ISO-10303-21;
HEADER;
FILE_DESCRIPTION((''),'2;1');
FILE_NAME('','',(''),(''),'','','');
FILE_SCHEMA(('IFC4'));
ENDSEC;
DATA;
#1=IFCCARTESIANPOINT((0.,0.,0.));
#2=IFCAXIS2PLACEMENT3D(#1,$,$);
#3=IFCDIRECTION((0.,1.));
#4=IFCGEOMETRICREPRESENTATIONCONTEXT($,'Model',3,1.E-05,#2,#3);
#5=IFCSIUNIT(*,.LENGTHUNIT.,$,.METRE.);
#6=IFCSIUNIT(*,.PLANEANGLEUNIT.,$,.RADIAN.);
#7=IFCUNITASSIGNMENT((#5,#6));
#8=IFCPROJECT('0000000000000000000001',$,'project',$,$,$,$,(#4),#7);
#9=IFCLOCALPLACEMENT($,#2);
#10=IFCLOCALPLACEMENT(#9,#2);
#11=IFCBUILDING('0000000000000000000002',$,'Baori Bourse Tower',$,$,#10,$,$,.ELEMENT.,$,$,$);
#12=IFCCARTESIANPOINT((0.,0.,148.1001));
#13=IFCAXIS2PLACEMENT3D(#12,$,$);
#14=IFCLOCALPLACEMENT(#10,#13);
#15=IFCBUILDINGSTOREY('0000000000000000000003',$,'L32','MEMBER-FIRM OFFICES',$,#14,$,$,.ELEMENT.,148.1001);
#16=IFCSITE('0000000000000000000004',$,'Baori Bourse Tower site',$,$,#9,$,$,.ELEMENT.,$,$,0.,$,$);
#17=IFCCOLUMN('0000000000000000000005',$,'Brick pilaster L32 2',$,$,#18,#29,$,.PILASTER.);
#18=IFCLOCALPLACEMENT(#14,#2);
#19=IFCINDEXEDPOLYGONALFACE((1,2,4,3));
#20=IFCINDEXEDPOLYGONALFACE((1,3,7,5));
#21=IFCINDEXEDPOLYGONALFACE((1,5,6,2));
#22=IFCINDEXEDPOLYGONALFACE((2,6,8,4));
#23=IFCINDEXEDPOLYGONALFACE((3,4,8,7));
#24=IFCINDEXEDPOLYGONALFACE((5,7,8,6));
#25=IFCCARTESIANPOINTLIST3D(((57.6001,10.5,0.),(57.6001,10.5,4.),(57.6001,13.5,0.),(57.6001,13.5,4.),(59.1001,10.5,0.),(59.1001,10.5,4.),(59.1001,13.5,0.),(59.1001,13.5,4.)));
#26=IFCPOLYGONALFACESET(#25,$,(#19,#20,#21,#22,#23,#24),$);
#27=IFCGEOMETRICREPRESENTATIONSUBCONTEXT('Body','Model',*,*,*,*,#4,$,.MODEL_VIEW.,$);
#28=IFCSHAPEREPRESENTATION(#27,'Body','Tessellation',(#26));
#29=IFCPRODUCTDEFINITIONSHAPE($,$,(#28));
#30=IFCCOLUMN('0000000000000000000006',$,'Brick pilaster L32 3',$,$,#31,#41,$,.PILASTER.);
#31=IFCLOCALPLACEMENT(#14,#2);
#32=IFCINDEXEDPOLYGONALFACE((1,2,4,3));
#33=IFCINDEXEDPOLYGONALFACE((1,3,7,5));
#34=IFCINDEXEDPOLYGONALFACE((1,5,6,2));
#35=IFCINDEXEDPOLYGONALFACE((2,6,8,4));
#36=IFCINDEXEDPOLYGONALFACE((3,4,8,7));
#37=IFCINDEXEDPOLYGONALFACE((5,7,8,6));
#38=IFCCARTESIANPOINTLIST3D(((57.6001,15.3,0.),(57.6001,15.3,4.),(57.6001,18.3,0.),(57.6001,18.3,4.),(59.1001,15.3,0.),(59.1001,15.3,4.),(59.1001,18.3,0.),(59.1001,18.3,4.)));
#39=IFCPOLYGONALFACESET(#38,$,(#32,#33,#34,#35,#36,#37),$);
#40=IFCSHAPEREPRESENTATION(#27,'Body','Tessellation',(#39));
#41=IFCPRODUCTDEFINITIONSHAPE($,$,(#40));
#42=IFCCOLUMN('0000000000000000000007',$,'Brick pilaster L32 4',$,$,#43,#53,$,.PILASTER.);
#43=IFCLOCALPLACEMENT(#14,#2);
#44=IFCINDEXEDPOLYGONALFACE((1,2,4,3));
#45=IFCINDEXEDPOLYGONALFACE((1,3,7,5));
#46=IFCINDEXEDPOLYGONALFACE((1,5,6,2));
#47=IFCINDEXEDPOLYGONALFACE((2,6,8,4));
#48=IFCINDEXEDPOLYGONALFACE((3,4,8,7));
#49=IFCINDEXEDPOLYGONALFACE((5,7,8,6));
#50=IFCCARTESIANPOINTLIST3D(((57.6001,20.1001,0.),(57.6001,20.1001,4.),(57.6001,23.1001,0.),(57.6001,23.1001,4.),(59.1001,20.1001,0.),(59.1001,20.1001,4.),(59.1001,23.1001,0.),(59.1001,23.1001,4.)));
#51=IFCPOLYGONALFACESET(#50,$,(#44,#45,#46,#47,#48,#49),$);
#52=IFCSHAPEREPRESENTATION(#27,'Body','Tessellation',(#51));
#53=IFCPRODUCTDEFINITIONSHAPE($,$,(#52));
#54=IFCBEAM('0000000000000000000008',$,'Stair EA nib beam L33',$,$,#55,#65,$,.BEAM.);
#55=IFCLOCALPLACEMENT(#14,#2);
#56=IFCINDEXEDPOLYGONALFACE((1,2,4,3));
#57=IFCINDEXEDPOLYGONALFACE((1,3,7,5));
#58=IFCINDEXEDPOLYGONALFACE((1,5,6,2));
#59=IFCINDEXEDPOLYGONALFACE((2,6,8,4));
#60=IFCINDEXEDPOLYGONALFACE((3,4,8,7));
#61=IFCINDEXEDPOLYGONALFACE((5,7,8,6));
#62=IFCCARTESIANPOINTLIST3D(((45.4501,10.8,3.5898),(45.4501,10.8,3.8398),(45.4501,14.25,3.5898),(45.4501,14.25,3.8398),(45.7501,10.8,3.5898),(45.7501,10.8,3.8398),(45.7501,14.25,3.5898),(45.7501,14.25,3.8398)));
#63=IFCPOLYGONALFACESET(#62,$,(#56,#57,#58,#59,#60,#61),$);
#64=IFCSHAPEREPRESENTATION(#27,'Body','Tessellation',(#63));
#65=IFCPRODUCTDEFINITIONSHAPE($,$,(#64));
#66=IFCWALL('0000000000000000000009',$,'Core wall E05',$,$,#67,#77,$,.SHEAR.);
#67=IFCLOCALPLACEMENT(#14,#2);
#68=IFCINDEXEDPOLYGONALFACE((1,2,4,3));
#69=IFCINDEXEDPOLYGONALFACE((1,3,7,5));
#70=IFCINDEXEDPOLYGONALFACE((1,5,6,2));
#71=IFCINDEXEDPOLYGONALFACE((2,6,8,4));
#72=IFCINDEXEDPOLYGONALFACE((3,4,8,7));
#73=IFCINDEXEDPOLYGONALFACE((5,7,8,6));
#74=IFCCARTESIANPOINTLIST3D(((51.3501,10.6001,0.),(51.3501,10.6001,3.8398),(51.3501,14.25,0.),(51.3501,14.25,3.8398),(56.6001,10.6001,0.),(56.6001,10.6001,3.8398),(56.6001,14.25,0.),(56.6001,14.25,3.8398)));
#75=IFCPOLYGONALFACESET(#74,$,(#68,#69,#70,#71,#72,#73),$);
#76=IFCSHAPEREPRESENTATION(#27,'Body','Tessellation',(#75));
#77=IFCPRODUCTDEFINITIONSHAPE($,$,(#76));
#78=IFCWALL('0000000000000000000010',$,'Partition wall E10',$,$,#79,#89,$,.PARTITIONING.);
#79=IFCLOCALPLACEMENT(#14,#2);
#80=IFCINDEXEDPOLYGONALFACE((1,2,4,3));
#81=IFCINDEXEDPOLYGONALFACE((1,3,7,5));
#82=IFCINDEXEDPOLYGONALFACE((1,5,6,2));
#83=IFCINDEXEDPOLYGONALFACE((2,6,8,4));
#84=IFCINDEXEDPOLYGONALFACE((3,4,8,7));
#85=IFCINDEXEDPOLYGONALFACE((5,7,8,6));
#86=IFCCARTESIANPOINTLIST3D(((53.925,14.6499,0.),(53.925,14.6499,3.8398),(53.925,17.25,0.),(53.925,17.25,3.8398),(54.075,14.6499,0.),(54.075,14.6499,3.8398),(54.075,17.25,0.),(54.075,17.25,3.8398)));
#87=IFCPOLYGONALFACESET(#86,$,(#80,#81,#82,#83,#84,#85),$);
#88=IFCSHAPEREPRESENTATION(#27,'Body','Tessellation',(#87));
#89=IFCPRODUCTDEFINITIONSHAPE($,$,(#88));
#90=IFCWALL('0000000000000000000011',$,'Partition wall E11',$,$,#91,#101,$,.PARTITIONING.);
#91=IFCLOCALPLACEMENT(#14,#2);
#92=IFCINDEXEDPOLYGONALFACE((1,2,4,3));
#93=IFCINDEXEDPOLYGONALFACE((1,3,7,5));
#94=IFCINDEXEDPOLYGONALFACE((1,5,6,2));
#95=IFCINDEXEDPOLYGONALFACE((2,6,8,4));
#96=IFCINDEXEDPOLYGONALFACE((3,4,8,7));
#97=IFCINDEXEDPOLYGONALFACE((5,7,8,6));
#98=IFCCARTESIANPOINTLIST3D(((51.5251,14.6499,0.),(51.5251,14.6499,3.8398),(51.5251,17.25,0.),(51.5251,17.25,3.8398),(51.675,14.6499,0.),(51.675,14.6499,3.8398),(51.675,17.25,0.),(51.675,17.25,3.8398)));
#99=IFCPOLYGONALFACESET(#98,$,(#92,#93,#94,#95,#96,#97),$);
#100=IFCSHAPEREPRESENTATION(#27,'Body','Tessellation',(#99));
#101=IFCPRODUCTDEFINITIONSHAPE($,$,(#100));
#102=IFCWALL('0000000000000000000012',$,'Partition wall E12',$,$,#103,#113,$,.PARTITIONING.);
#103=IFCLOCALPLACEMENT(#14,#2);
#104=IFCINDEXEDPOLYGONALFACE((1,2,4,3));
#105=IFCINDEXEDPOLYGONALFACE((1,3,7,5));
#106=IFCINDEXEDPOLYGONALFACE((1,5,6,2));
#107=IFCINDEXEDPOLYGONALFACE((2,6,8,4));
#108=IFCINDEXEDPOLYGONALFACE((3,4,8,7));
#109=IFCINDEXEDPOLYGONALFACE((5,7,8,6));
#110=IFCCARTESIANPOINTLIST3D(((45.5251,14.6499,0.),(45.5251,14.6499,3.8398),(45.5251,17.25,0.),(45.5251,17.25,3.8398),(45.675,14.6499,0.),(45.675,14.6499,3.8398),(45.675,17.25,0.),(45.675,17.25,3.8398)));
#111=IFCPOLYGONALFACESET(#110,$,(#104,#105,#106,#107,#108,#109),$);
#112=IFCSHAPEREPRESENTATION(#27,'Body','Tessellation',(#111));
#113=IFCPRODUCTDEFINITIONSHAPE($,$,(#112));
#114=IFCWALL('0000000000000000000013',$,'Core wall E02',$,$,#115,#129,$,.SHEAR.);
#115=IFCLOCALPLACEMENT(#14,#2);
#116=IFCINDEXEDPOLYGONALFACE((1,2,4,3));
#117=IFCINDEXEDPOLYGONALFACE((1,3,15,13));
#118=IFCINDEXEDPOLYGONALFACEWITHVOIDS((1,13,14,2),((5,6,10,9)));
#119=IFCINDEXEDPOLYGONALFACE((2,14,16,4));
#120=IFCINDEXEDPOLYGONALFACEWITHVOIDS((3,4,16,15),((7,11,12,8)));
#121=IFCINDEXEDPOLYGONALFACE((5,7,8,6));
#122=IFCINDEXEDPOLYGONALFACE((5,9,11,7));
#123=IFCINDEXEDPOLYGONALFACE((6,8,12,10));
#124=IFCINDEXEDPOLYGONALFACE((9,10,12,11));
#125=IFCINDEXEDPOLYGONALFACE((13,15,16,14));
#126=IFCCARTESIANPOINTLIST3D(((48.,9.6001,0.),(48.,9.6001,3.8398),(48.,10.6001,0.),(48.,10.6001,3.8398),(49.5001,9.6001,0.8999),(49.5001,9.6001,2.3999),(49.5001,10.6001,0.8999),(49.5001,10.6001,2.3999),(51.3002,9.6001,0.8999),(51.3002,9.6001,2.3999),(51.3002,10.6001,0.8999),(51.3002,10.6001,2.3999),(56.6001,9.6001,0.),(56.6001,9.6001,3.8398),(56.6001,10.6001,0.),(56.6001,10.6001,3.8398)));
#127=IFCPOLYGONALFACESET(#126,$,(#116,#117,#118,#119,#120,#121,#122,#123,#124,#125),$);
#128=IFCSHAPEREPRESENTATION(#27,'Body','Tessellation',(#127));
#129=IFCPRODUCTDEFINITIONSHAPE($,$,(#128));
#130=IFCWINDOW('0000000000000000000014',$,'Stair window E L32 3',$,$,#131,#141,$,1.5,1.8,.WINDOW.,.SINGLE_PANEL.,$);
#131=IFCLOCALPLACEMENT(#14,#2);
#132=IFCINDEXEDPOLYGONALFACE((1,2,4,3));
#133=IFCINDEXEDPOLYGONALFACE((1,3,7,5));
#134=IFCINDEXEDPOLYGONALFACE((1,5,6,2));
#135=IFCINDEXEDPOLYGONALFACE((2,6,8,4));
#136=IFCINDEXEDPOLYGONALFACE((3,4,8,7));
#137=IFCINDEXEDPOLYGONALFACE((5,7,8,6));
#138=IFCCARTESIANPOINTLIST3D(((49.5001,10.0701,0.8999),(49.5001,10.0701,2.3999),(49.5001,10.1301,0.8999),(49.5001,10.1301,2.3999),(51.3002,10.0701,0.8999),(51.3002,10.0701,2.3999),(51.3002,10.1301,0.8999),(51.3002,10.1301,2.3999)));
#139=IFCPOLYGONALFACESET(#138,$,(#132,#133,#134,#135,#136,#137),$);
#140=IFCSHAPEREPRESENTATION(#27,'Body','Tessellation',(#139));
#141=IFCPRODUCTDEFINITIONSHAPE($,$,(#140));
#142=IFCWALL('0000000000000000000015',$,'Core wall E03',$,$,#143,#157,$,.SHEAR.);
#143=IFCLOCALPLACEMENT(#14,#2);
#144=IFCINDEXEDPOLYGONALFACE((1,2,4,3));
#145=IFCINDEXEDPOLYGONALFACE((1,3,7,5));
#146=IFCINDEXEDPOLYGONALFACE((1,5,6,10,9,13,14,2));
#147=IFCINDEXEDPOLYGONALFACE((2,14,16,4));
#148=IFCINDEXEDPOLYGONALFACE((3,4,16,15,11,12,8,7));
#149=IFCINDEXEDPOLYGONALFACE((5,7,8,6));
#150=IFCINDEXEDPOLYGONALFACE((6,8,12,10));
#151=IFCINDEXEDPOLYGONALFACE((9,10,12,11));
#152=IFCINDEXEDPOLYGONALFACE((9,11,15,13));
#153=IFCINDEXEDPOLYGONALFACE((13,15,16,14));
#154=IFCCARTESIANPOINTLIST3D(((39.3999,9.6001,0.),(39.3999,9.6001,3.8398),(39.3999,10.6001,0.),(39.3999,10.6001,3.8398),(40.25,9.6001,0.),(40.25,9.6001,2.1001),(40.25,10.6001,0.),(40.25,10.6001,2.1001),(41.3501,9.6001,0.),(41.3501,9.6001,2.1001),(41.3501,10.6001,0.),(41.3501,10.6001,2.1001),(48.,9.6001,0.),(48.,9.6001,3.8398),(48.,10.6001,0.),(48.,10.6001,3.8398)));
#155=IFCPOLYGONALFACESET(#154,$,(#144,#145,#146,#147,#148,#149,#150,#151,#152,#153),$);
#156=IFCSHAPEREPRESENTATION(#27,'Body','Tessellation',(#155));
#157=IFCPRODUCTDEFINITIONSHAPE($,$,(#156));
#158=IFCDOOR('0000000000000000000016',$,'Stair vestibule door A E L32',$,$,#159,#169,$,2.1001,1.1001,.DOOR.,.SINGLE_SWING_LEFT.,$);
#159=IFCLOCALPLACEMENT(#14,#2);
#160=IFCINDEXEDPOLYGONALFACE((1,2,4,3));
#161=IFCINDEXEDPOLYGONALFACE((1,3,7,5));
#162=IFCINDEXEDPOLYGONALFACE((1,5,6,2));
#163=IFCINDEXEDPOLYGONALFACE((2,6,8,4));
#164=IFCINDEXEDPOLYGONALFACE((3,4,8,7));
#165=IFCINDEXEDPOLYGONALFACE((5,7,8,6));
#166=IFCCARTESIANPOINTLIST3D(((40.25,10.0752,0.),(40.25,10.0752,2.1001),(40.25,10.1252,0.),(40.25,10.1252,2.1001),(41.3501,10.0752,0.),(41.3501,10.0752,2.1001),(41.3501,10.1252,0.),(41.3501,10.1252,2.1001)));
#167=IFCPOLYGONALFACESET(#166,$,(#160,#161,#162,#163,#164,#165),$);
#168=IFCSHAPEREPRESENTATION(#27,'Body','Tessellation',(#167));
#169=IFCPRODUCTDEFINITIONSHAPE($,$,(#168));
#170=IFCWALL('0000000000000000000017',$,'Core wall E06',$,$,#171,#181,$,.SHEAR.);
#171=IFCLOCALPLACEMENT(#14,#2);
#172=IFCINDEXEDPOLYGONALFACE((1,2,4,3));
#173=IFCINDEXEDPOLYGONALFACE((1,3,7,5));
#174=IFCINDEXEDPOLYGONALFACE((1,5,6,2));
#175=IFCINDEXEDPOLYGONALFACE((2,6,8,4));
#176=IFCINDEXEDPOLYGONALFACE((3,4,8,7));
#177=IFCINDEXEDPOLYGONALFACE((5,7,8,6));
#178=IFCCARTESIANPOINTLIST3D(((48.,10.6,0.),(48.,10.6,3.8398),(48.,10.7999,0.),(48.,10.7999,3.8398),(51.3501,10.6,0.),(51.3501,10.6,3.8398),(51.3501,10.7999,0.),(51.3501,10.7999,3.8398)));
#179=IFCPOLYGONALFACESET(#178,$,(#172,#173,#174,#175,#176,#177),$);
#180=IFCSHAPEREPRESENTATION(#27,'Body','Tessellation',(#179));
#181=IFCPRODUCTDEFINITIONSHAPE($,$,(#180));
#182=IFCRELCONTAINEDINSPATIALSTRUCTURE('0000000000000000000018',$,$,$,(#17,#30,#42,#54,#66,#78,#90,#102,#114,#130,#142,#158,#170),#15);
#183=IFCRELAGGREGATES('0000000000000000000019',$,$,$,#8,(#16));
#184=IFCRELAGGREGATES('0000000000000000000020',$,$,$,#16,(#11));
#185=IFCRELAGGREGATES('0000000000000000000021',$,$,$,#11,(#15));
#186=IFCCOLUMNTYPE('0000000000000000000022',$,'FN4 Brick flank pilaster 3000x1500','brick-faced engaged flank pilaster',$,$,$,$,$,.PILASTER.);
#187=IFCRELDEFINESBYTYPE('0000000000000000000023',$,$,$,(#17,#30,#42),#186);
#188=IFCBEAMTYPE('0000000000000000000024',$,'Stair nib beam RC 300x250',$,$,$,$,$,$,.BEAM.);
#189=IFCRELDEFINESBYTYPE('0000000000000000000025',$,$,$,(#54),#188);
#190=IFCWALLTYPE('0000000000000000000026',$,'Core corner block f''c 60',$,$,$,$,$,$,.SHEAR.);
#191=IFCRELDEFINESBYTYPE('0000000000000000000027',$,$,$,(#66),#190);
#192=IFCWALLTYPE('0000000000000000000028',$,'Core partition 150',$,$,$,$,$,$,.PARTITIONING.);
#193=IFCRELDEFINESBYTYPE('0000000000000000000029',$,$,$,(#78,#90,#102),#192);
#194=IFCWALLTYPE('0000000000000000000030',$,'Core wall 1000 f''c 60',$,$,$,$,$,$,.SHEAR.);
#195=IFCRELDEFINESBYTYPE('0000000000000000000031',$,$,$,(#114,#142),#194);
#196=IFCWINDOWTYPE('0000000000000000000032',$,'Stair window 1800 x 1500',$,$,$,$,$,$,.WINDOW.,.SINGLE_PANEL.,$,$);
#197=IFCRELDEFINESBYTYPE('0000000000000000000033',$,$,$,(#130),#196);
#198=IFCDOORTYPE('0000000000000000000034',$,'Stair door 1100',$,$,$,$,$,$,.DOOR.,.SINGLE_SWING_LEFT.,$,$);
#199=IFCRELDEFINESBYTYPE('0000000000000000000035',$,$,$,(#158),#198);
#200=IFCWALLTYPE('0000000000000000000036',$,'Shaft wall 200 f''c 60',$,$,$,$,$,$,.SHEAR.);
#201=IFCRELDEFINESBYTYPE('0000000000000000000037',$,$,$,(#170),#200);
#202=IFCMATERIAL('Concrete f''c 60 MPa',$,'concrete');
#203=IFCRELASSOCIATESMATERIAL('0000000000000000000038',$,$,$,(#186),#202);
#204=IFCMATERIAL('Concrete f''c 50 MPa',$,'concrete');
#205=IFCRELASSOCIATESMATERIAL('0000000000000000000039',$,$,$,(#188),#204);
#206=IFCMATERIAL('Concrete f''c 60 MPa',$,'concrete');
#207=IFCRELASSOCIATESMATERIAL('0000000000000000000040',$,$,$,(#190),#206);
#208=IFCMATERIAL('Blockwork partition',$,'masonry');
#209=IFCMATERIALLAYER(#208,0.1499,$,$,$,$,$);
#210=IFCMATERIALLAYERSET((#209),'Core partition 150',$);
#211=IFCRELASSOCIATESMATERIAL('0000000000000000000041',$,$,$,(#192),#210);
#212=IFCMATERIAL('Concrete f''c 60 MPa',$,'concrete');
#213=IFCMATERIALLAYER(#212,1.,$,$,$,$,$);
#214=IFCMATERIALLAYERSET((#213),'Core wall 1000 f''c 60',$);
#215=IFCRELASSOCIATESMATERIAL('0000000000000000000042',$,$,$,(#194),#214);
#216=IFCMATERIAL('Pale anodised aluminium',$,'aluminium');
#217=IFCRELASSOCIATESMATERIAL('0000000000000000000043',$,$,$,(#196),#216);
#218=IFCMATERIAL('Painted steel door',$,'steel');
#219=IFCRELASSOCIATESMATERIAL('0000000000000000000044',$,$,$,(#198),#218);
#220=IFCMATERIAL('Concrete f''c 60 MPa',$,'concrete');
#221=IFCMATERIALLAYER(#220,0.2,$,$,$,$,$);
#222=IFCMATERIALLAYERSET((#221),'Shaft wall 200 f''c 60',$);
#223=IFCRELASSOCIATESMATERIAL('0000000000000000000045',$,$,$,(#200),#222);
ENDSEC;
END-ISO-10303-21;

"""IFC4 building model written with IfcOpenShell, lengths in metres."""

from ifc_helpers import new_model, si_unit, direction, frame, frame_2d, origin, origin_2d, place, context, subcontext, project, spatial, rectangle, extrude, material, layer, layer_set, material_profile, profile_set, type_object, element, fill, save


model = new_model("IFC4")

# Units and contexts
model_context = context("Model", 3, precision=1e-05, world=origin(), true_north=direction((0.0, 1.0)))
body_context = subcontext(model_context, "Body", "Model", "MODEL_VIEW")
ifc_project = project(units=[si_unit("LENGTHUNIT", "METRE"), si_unit("PLANEANGLEUNIT", "RADIAN")], contexts=[model_context])

# Site, building, storey
site_placement = place(None, origin())
site = spatial("IfcSite", under=ifc_project, at=site_placement, Name="Baori Bourse Tower site", CompositionType="ELEMENT", RefElevation=0.0)
building_placement = place(site_placement, origin())
building = spatial("IfcBuilding", under=site, at=building_placement, Name="Baori Bourse Tower", CompositionType="ELEMENT")
storey_placement = place(building_placement, frame((0.0, 0.0, 148.1001)))
storey = spatial("IfcBuildingStorey", under=building, at=storey_placement, Name="L32", Description="MEMBER-FIRM OFFICES", CompositionType="ELEMENT", Elevation=148.1001)

# Columns
ifc_material_1 = material(Name="Concrete f'c 60 MPa", Category="concrete")
ifc_material_profile_1 = material_profile(ifc_material_1, rectangle(XDim=3.0, YDim=1.5, at=origin_2d()), Name="RC 3000x1500")
ifc_profile_set_1 = profile_set([ifc_material_profile_1], Name="Concrete f'c 60 MPa")
column_type = type_object("IfcColumnType", Name="FN4 Brick flank pilaster 3000x1500", Description="brick-faced engaged flank pilaster", PredefinedType="PILASTER", material=ifc_profile_set_1)
for number, where, z_axis, x_axis, name in (
    (1, (58.3501, 12.0, 0.0), (0.0, 0.0, 1.0), (0.0, 1.0, 0.0), "Brick pilaster L32 2"),
    (2, (58.3501, 16.8, 0.0), (0.0, 0.0, 1.0), (0.0, 1.0, 0.0), "Brick pilaster L32 3"),
    (3, (58.3501, 21.6001, 0.0), (0.0, 0.0, 1.0), (0.0, 1.0, 0.0), "Brick pilaster L32 4"),
):
    element("IfcColumn", number, at=place(storey_placement, frame(where, z_axis=z_axis, x_axis=x_axis)), inside=storey, type_object=column_type, Name=name, PredefinedType="PILASTER", context=body_context, shape_type="SweptSolid", body=[
        extrude(rectangle(XDim=3.0, YDim=1.5, at=origin_2d()), origin(), (0.0, 0.0, 1.0), 4.0),
    ])

# Beam
ifc_material_2 = material(Name="Concrete f'c 50 MPa", Category="concrete")
ifc_material_profile_2 = material_profile(ifc_material_2, rectangle(XDim=0.3, YDim=0.25, at=origin_2d()), Name="RC 300x250")
ifc_profile_set_2 = profile_set([ifc_material_profile_2], Name="Concrete f'c 50 MPa")
beam_type = type_object("IfcBeamType", Name="Stair nib beam RC 300x250", PredefinedType="BEAM", material=ifc_profile_set_2)
beam_placement = place(storey_placement, frame((45.6001, 10.8, 3.7148), z_axis=(0.0, 1.0, 0.0), x_axis=(-1.0, 0.0, 0.0)))
element("IfcBeam", 4, at=beam_placement, inside=storey, type_object=beam_type, Name="Stair EA nib beam L33", PredefinedType="BEAM", context=body_context, shape_type="SweptSolid", body=[
    extrude(rectangle(XDim=0.3, YDim=0.25, at=origin_2d()), origin(), (0.0, 0.0, 1.0), 3.45),
])

# Walls
ifc_material_3 = material(Name="Concrete f'c 60 MPa", Category="concrete")
wall_type_1 = type_object("IfcWallType", Name="Core corner block f'c 60", PredefinedType="SHEAR", material=ifc_material_3)
wall_1_placement = place(storey_placement, frame((51.3501, 12.425, 0.0), z_axis=(0.0, 0.0, 1.0), x_axis=(1.0, 0.0, 0.0)))
element("IfcWall", 5, at=wall_1_placement, inside=storey, type_object=wall_type_1, Name="Core wall E05", PredefinedType="SHEAR", context=body_context, shape_type="SweptSolid", body=[
    extrude(rectangle(XDim=5.25, YDim=3.6499, at=frame_2d((2.625, 0.0))), origin(), (0.0, 0.0, 1.0), 3.8398),
])
ifc_material_4 = material(Name="Blockwork partition", Category="masonry")
ifc_layer_1 = layer(ifc_material_4, 0.1499)
ifc_layer_set_1 = layer_set([ifc_layer_1], Name="Core partition 150")
wall_type_2 = type_object("IfcWallType", Name="Core partition 150", PredefinedType="PARTITIONING", material=ifc_layer_set_1)
for number, where, z_axis, x_axis, name in (
    (6, (54.0, 14.6499, 0.0), (0.0, 0.0, 1.0), (0.0, 1.0, 0.0), "Partition wall E10"),
    (7, (51.6001, 14.6499, 0.0), (0.0, 0.0, 1.0), (0.0, 1.0, 0.0), "Partition wall E11"),
    (8, (45.6001, 14.6499, 0.0), (0.0, 0.0, 1.0), (0.0, 1.0, 0.0), "Partition wall E12"),
):
    element("IfcWall", number, at=place(storey_placement, frame(where, z_axis=z_axis, x_axis=x_axis)), inside=storey, type_object=wall_type_2, Name=name, PredefinedType="PARTITIONING", context=body_context, shape_type="SweptSolid", body=[
        extrude(rectangle(XDim=2.6001, YDim=0.1499, at=frame_2d((1.3, 0.0))), origin(), (0.0, 0.0, 1.0), 3.8398),
    ])

# Wall, opening, window
ifc_material_5 = material(Name="Concrete f'c 60 MPa", Category="concrete")
ifc_layer_2 = layer(ifc_material_5, 1.0)
ifc_layer_set_2 = layer_set([ifc_layer_2], Name="Core wall 1000 f'c 60")
wall_type_3 = type_object("IfcWallType", Name="Core wall 1000 f'c 60", PredefinedType="SHEAR", material=ifc_layer_set_2)
wall_2_placement = place(storey_placement, frame((56.6001, 10.1001, 0.0), z_axis=(0.0, 0.0, 1.0), x_axis=(-1.0, 0.0, 0.0)))
wall_2 = element("IfcWall", 9, at=wall_2_placement, inside=storey, type_object=wall_type_3, Name="Core wall E02", PredefinedType="SHEAR", context=body_context, shape_type="SweptSolid", body=[
    extrude(rectangle(XDim=8.6001, YDim=1.0, at=frame_2d((4.3, 0.0))), origin(), (0.0, 0.0, 1.0), 3.8398),
])
opening_1_placement = place(wall_2_placement, frame((5.3, 0.0, 0.8999)))
opening_1 = element("IfcOpeningElement", 10, at=opening_1_placement, cuts=wall_2, PredefinedType="OPENING", context=body_context, shape_type="SweptSolid", body=[
    extrude(rectangle(XDim=1.8, YDim=1.5, at=frame_2d((0.8999, 0.75))), frame((0.0, 0.51, 0.0), z_axis=(0.0, -1.0, 0.0), x_axis=(1.0, 0.0, 0.0)), (0.0, 0.0, 1.0), 1.02),
])
ifc_material_6 = material(Name="Pale anodised aluminium", Category="aluminium")
window_type = type_object("IfcWindowType", Name="Stair window 1800 x 1500", PartitioningType="SINGLE_PANEL", PredefinedType="WINDOW", material=ifc_material_6)
window_placement = place(opening_1_placement, origin())
window = element("IfcWindow", 11, at=window_placement, inside=storey, type_object=window_type, Name="Stair window E L32 3", OverallHeight=1.5, OverallWidth=1.8, PartitioningType="SINGLE_PANEL", PredefinedType="WINDOW", context=body_context, shape_type="SweptSolid", body=[
    extrude(rectangle(XDim=1.8, YDim=1.5, at=frame_2d((0.8999, 0.75))), frame((0.0, 0.03, 0.0), z_axis=(0.0, -1.0, 0.0), x_axis=(1.0, 0.0, 0.0)), (0.0, 0.0, 1.0), 0.0601),
])
fill(opening_1, window)

# Wall, opening, door
wall_3_placement = place(storey_placement, frame((48.0, 10.1001, 0.0), z_axis=(0.0, 0.0, 1.0), x_axis=(-1.0, 0.0, 0.0)))
wall_3 = element("IfcWall", 12, at=wall_3_placement, inside=storey, type_object=wall_type_3, Name="Core wall E03", PredefinedType="SHEAR", context=body_context, shape_type="SweptSolid", body=[
    extrude(rectangle(XDim=8.6001, YDim=1.0, at=frame_2d((4.3, 0.0))), origin(), (0.0, 0.0, 1.0), 3.8398),
])
opening_2_placement = place(wall_3_placement, frame((6.6499, 0.0, 0.0)))
opening_2 = element("IfcOpeningElement", 13, at=opening_2_placement, cuts=wall_3, PredefinedType="OPENING", context=body_context, shape_type="SweptSolid", body=[
    extrude(rectangle(XDim=1.1001, YDim=2.1001, at=frame_2d((0.55, 1.05))), frame((0.0, 0.51, 0.0), z_axis=(0.0, -1.0, 0.0), x_axis=(1.0, 0.0, 0.0)), (0.0, 0.0, 1.0), 1.02),
])
ifc_material_7 = material(Name="Painted steel door", Category="steel")
door_type_1 = type_object("IfcDoorType", Name="Stair door 1100", OperationType="SINGLE_SWING_LEFT", PredefinedType="DOOR", material=ifc_material_7)
door_1_placement = place(opening_2_placement, origin())
door_1 = element("IfcDoor", 14, at=door_1_placement, inside=storey, type_object=door_type_1, Name="Stair vestibule door A E L32", OperationType="SINGLE_SWING_LEFT", OverallHeight=2.1001, OverallWidth=1.1001, PredefinedType="DOOR", context=body_context, shape_type="SweptSolid", body=[
    extrude(rectangle(XDim=1.1001, YDim=2.1001, at=frame_2d((0.55, 1.05))), frame((0.0, 0.0249, 0.0), z_axis=(0.0, -1.0, 0.0), x_axis=(1.0, 0.0, 0.0)), (0.0, 0.0, 1.0), 0.05),
])
fill(opening_2, door_1)

# Wall
ifc_material_8 = material(Name="Concrete f'c 60 MPa", Category="concrete")
ifc_layer_3 = layer(ifc_material_8, 0.2)
ifc_layer_set_3 = layer_set([ifc_layer_3], Name="Shaft wall 200 f'c 60")
wall_type_4 = type_object("IfcWallType", Name="Shaft wall 200 f'c 60", PredefinedType="SHEAR", material=ifc_layer_set_3)
wall_4_placement = place(storey_placement, frame((48.0, 10.7, 0.0), z_axis=(0.0, 0.0, 1.0), x_axis=(1.0, 0.0, 0.0)))
element("IfcWall", 15, at=wall_4_placement, inside=storey, type_object=wall_type_4, Name="Core wall E06", PredefinedType="SHEAR", context=body_context, shape_type="SweptSolid", body=[
    extrude(rectangle(XDim=3.3501, YDim=0.2, at=frame_2d((1.675, 0.0))), origin(), (0.0, 0.0, 1.0), 3.8398),
])

save(model, "model.ifc")
